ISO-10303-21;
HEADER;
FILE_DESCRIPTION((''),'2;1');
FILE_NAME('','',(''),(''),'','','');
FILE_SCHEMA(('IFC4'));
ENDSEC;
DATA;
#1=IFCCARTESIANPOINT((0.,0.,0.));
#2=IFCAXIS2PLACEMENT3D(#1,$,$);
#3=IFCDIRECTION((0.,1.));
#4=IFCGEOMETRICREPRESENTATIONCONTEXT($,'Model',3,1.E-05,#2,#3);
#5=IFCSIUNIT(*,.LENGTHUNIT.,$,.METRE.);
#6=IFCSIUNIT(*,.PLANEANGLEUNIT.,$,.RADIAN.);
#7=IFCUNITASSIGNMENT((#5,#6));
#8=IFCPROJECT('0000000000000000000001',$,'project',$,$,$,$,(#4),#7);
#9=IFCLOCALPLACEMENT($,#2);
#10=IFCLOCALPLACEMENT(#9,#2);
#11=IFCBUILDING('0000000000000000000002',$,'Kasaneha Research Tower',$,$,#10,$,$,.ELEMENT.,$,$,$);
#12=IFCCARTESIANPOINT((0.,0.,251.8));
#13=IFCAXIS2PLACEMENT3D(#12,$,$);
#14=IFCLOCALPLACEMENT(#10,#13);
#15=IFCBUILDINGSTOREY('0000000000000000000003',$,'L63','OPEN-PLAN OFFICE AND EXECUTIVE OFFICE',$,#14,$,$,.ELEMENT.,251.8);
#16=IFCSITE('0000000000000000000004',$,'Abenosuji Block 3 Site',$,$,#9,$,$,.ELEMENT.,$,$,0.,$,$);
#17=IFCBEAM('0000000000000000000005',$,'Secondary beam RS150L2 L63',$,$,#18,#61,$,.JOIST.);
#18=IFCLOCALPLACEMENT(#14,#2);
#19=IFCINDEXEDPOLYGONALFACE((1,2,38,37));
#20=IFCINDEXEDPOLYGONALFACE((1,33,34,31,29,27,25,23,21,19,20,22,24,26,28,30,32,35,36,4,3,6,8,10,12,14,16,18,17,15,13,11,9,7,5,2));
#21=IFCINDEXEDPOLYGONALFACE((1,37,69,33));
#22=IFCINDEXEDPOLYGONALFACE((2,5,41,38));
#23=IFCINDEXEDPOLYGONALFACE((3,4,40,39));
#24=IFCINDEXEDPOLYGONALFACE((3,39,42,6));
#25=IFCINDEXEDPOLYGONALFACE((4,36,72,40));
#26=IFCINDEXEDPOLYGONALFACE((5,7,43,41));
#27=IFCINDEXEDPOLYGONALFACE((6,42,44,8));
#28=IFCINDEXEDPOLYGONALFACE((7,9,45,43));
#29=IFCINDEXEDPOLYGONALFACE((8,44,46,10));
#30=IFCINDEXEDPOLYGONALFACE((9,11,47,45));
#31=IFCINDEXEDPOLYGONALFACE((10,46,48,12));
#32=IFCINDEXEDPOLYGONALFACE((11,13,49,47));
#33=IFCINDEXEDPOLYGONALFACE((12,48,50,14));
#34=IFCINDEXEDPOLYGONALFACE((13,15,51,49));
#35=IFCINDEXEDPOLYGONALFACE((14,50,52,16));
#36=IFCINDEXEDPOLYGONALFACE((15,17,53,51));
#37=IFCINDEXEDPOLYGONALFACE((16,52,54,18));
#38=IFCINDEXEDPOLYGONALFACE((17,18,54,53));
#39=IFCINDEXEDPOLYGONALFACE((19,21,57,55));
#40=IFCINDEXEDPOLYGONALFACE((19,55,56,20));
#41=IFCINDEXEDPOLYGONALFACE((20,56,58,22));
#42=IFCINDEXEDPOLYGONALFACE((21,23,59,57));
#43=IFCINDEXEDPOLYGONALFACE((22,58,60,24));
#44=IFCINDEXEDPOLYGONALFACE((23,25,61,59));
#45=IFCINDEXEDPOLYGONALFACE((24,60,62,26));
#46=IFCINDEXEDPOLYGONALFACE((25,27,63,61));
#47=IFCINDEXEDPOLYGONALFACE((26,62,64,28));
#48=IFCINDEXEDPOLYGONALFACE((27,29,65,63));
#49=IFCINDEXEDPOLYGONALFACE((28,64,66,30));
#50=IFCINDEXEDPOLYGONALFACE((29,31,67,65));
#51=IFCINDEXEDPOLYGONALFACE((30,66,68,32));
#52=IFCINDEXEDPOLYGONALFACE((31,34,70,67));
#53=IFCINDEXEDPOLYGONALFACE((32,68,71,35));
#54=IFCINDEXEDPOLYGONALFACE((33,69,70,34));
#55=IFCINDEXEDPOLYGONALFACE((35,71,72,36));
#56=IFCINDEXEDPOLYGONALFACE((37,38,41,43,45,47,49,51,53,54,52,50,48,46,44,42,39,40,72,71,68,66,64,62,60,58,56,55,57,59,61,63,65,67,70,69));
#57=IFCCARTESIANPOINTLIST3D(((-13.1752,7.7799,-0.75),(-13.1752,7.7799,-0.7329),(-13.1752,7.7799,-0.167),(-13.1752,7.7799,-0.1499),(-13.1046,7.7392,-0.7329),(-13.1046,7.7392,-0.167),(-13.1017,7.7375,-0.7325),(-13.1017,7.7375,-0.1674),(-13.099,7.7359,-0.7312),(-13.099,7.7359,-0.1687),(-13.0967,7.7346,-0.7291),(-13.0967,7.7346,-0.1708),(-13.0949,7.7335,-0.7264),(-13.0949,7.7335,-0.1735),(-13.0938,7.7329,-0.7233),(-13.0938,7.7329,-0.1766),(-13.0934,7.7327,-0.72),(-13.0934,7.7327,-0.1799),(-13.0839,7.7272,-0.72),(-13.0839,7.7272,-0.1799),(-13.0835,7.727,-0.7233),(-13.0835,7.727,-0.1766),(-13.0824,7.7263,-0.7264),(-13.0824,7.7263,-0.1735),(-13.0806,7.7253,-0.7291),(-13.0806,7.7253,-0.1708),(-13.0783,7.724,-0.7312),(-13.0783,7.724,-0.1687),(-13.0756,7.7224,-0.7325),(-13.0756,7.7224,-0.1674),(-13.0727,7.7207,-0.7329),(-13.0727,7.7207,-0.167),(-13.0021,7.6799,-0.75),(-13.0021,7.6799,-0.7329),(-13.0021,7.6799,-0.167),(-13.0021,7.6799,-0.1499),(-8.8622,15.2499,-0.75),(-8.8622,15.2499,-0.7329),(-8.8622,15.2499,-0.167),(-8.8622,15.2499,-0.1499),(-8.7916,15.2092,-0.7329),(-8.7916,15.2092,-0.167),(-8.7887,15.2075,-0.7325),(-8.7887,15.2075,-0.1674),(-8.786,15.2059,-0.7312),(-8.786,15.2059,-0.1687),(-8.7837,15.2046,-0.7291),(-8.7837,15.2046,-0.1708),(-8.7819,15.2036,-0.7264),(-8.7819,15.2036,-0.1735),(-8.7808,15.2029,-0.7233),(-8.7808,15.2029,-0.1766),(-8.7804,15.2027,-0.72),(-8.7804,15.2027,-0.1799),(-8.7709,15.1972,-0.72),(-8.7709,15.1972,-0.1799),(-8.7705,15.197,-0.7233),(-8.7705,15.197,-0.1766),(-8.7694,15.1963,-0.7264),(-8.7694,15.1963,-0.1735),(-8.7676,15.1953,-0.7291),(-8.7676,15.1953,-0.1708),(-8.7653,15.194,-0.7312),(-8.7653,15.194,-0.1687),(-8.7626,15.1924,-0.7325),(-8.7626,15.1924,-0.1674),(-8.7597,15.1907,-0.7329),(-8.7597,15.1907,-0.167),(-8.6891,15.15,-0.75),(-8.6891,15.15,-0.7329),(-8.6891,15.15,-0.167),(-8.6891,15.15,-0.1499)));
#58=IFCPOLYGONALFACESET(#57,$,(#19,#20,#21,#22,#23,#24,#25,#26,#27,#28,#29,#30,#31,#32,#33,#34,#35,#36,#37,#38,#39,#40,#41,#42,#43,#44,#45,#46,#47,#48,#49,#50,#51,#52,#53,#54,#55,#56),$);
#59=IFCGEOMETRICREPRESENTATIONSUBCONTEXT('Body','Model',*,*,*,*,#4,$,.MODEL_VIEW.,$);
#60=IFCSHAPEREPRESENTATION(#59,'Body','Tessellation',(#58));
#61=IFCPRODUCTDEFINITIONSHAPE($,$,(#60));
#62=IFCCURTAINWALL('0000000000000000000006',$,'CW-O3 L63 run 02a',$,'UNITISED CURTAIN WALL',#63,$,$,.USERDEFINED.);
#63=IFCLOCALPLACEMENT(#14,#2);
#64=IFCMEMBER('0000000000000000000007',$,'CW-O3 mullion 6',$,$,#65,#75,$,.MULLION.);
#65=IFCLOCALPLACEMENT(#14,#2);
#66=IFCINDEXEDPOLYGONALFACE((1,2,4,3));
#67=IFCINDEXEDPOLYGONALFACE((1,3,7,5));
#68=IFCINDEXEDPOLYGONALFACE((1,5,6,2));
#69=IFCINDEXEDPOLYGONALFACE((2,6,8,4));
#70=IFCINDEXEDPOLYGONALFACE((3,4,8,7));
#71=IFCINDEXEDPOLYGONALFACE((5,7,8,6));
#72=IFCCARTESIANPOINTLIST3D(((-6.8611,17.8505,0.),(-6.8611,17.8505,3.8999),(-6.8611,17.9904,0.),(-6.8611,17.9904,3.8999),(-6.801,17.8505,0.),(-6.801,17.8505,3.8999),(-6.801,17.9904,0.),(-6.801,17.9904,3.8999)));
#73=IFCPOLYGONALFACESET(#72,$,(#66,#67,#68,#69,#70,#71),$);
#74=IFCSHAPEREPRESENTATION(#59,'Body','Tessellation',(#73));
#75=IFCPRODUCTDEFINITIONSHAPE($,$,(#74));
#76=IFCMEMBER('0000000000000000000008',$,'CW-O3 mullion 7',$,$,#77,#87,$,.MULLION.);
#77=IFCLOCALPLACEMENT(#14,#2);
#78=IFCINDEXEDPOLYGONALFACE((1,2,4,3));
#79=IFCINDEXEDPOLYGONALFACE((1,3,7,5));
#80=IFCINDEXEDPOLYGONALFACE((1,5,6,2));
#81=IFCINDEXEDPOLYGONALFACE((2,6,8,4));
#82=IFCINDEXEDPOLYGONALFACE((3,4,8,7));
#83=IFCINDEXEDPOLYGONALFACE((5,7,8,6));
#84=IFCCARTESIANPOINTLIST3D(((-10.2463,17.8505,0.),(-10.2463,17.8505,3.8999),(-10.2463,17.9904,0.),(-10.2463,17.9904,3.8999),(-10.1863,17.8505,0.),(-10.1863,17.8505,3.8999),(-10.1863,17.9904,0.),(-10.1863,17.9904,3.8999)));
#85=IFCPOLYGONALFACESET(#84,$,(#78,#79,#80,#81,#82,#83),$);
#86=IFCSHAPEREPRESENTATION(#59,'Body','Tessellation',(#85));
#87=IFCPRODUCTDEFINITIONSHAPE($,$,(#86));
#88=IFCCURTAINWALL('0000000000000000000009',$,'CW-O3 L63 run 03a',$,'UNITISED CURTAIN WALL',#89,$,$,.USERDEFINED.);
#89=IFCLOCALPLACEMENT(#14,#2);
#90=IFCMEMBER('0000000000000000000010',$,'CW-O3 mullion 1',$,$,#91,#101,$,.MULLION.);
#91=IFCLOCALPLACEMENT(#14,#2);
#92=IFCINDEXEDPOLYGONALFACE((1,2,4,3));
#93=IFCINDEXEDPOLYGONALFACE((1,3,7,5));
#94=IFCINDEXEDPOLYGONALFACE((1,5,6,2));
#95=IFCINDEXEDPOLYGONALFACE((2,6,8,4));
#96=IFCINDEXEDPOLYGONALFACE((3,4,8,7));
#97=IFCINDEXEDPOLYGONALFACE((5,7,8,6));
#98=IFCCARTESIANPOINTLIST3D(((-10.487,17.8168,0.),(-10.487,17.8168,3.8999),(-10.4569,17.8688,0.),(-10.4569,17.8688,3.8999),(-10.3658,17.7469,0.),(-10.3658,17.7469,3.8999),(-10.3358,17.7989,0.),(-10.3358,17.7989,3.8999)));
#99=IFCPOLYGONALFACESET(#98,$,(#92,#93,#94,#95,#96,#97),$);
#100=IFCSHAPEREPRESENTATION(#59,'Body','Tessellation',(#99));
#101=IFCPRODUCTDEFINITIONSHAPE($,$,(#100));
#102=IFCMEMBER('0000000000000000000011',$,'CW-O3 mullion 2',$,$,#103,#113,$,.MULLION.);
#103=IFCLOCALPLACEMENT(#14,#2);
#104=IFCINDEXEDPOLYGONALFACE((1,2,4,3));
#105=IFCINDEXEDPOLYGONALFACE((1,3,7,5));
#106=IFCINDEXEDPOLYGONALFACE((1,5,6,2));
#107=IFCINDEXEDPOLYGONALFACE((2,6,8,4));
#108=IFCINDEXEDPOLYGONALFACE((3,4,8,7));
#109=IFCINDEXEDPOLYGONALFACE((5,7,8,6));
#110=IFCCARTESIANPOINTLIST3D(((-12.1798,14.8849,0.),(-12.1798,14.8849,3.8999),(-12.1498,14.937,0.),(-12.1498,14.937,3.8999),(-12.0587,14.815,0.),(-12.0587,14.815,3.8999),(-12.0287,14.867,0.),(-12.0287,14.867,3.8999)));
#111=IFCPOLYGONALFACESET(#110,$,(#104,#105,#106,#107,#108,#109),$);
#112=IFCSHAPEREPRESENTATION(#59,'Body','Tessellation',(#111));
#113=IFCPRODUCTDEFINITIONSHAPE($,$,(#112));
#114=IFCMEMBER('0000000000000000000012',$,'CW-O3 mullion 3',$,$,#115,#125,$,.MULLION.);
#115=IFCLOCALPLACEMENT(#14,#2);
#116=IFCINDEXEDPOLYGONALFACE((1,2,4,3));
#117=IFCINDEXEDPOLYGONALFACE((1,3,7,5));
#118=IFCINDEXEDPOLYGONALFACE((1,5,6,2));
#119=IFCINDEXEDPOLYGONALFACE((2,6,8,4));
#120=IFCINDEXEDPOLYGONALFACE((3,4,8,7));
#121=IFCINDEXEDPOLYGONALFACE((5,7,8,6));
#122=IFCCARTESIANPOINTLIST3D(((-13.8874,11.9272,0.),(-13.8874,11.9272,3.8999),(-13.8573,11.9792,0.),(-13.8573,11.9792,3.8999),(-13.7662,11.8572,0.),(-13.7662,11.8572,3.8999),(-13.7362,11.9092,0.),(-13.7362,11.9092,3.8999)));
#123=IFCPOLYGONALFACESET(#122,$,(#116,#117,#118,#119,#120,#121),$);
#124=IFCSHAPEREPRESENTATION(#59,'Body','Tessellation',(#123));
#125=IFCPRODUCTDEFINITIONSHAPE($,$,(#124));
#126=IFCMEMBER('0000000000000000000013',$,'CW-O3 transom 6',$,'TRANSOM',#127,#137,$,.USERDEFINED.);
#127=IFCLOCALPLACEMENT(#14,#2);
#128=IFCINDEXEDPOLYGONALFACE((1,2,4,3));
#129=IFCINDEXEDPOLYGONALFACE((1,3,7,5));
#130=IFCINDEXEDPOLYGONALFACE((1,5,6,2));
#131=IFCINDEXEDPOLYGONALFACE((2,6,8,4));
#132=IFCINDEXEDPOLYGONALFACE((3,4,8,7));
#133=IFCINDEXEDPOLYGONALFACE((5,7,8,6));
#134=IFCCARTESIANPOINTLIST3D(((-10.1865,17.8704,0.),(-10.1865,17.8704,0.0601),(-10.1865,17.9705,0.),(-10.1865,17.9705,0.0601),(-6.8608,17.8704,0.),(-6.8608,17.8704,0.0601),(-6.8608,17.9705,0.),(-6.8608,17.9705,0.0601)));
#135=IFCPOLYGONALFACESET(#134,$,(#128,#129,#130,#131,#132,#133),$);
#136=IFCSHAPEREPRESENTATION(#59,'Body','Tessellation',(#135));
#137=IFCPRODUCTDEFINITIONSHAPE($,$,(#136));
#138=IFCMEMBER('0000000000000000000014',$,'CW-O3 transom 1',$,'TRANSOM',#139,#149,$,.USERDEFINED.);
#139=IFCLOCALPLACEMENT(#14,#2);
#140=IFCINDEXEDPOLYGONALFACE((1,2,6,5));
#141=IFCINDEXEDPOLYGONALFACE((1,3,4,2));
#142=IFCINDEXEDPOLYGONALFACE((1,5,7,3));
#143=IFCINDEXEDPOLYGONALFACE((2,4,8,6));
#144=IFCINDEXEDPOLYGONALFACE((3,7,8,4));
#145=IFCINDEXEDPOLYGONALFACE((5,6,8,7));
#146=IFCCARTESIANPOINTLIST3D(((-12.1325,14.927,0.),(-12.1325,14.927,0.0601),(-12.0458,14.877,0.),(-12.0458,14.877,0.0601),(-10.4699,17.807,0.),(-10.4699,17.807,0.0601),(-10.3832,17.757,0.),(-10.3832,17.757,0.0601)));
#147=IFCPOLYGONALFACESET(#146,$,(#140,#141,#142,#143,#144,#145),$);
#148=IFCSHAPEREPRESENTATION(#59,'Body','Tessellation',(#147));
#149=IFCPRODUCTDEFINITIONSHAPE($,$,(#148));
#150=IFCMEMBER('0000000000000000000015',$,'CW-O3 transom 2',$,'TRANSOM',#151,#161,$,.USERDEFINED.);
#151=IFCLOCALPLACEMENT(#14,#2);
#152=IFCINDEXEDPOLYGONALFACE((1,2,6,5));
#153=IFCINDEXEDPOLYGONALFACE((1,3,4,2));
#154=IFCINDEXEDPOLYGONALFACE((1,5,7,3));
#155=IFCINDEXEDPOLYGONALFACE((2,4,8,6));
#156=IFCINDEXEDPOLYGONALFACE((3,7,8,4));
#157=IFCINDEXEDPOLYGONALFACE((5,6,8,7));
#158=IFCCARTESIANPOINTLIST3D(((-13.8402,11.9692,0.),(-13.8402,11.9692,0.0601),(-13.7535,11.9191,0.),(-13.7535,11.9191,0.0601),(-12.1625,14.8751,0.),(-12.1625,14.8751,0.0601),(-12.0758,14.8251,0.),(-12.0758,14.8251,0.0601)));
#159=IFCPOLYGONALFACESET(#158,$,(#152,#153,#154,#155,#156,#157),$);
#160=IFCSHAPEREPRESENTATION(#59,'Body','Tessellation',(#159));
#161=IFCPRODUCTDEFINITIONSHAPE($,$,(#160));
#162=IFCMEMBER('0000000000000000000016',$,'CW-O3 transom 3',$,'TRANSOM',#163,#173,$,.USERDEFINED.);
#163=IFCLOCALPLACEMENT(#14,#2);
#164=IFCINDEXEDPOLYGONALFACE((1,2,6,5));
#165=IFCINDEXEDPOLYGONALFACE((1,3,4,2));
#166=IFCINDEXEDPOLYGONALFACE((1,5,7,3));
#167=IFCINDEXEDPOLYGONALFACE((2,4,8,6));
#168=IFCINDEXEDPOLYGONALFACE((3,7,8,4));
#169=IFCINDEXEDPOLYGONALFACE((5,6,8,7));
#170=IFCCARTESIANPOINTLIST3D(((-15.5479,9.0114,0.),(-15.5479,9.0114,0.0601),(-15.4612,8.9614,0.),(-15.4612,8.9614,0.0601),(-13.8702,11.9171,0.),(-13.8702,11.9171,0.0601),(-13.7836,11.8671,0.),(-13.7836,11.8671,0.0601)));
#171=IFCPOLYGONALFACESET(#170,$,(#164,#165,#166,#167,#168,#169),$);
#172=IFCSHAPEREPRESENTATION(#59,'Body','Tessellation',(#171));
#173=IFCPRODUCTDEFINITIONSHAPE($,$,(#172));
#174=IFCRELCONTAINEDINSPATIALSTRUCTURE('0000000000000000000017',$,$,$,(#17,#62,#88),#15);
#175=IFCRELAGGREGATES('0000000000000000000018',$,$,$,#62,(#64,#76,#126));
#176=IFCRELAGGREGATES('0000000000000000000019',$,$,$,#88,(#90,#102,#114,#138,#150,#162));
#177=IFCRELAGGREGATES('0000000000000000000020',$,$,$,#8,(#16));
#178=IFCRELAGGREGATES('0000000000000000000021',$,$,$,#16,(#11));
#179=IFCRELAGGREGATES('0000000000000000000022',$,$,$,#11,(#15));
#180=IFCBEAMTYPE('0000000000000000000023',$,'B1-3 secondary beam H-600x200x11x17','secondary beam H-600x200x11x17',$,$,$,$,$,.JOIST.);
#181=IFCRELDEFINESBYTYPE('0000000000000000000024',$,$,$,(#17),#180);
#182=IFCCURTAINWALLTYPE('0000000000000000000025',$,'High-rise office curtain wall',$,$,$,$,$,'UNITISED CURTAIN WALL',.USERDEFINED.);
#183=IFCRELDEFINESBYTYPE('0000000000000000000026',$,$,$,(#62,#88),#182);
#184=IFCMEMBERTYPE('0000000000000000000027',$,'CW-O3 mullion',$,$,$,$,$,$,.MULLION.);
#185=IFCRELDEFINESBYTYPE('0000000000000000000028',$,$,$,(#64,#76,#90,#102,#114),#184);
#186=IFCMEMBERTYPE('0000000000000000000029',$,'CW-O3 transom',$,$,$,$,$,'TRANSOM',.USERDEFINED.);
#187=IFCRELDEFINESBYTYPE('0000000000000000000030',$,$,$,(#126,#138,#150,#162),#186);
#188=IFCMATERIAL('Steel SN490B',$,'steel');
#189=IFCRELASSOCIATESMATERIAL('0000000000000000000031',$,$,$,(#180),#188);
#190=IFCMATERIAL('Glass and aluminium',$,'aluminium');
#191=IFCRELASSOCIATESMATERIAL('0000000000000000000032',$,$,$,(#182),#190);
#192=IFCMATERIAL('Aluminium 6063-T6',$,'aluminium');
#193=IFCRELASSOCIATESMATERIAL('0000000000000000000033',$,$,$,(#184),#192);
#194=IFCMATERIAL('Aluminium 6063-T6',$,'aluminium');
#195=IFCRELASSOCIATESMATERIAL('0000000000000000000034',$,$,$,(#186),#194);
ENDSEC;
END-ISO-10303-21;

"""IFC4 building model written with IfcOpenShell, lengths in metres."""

from ifc_helpers import new_model, si_unit, direction, frame, origin, origin_2d, place, context, subcontext, project, spatial, rectangle, i_section, extrude, material, material_profile, profile_set, type_object, element, aggregate, save


model = new_model("IFC4")

# Units and contexts
model_context = context("Model", 3, precision=1e-05, world=origin(), true_north=direction((0.0, 1.0)))
body_context = subcontext(model_context, "Body", "Model", "MODEL_VIEW")
ifc_project = project(units=[si_unit("LENGTHUNIT", "METRE"), si_unit("PLANEANGLEUNIT", "RADIAN")], contexts=[model_context])

# Site, building, storey
site_placement = place(None, origin())
site = spatial("IfcSite", under=ifc_project, at=site_placement, Name="Abenosuji Block 3 Site", CompositionType="ELEMENT", RefElevation=0.0)
building_placement = place(site_placement, origin())
building = spatial("IfcBuilding", under=site, at=building_placement, Name="Kasaneha Research Tower", CompositionType="ELEMENT")
storey_placement = place(building_placement, frame((0.0, 0.0, 251.8)))
storey = spatial("IfcBuildingStorey", under=building, at=storey_placement, Name="L63", Description="OPEN-PLAN OFFICE AND EXECUTIVE OFFICE", CompositionType="ELEMENT", Elevation=251.8)

# Beam
ifc_material_1 = material(Name="Steel SN490B", Category="steel")
ifc_material_profile_1 = material_profile(ifc_material_1, i_section(OverallWidth=0.2, OverallDepth=0.6001, WebThickness=0.011, FlangeThickness=0.0171, FilletRadius=0.0129, at=origin_2d()), Name="H-600x200x11x17")
ifc_profile_set_1 = profile_set([ifc_material_profile_1], Name="Steel SN490B")
beam_type_1 = type_object("IfcBeamType", Name="B1-3 secondary beam H-600x200x11x17", Description="secondary beam H-600x200x11x17", PredefinedType="JOIST", material=ifc_profile_set_1)
beam_1_placement = place(storey_placement, frame((-8.7756, 15.2, -0.45), z_axis=(-0.500017, -0.866015, 0.0), x_axis=(0.866015, -0.500017, 0.0)))
element("IfcBeam", 1, at=beam_1_placement, inside=storey, type_object=beam_type_1, Name="Secondary beam RS150L2 L63", PredefinedType="JOIST", context=body_context, shape_type="SweptSolid", body=[
    extrude(i_section(OverallWidth=0.2, OverallDepth=0.6001, WebThickness=0.011, FlangeThickness=0.0171, FilletRadius=0.0129, at=origin_2d()), origin(), (0.0, 0.0, 1.0), 8.6257),
])

# Curtain walls, members
ifc_material_2 = material(Name="Glass and aluminium", Category="aluminium")
curtain_wall_type = type_object("IfcCurtainWallType", Name="High-rise office curtain wall", ElementType="UNITISED CURTAIN WALL", PredefinedType="USERDEFINED", material=ifc_material_2)
curtain_wall_1_placement = place(storey_placement, origin())
curtain_wall_1 = element("IfcCurtainWall", 2, at=curtain_wall_1_placement, inside=storey, type_object=curtain_wall_type, Name="CW-O3 L63 run 02a", ObjectType="UNITISED CURTAIN WALL", PredefinedType="USERDEFINED")
ifc_material_3 = material(Name="Aluminium 6063-T6", Category="aluminium")
ifc_material_profile_2 = material_profile(ifc_material_3, rectangle(XDim=0.0601, YDim=0.1399, at=origin_2d()), Name="CW-O3 mullion 60x140")
ifc_profile_set_2 = profile_set([ifc_material_profile_2], Name="Aluminium 6063-T6")
member_type_1 = type_object("IfcMemberType", Name="CW-O3 mullion", PredefinedType="MULLION", material=ifc_profile_set_2)
member_1_placement = place(storey_placement, frame((-6.8311, 17.9204, 0.0), z_axis=(0.0, 0.0, 1.0), x_axis=(-1.0, 0.0, 0.0)))
member_1 = element("IfcMember", 3, at=member_1_placement, type_object=member_type_1, Name="CW-O3 mullion 6", PredefinedType="MULLION", context=body_context, shape_type="SweptSolid", body=[
    extrude(rectangle(XDim=0.0601, YDim=0.1399, at=origin_2d()), origin(), (0.0, 0.0, 1.0), 3.8999),
])
member_2_placement = place(storey_placement, frame((-10.2163, 17.9204, 0.0), z_axis=(0.0, 0.0, 1.0), x_axis=(-1.0, 0.0, 0.0)))
member_2 = element("IfcMember", 4, at=member_2_placement, type_object=member_type_1, Name="CW-O3 mullion 7", PredefinedType="MULLION", context=body_context, shape_type="SweptSolid", body=[
    extrude(rectangle(XDim=0.0601, YDim=0.1399, at=origin_2d()), origin(), (0.0, 0.0, 1.0), 3.8999),
])
curtain_wall_2_placement = place(storey_placement, origin())
curtain_wall_2 = element("IfcCurtainWall", 5, at=curtain_wall_2_placement, inside=storey, type_object=curtain_wall_type, Name="CW-O3 L63 run 03a", ObjectType="UNITISED CURTAIN WALL", PredefinedType="USERDEFINED")
member_3_placement = place(storey_placement, frame((-10.4114, 17.8079, 0.0), z_axis=(0.0, 0.0, 1.0), x_axis=(-0.5, -0.866025, 0.0)))
member_3 = element("IfcMember", 6, at=member_3_placement, type_object=member_type_1, Name="CW-O3 mullion 1", PredefinedType="MULLION", context=body_context, shape_type="SweptSolid", body=[
    extrude(rectangle(XDim=0.0601, YDim=0.1399, at=origin_2d()), origin(), (0.0, 0.0, 1.0), 3.8999),
])
member_4_placement = place(storey_placement, frame((-12.1042, 14.876, 0.0), z_axis=(0.0, 0.0, 1.0), x_axis=(-0.5, -0.866025, 0.0)))
member_4 = element("IfcMember", 7, at=member_4_placement, type_object=member_type_1, Name="CW-O3 mullion 2", PredefinedType="MULLION", context=body_context, shape_type="SweptSolid", body=[
    extrude(rectangle(XDim=0.0601, YDim=0.1399, at=origin_2d()), origin(), (0.0, 0.0, 1.0), 3.8999),
])
member_5_placement = place(storey_placement, frame((-13.8118, 11.9182, 0.0), z_axis=(0.0, 0.0, 1.0), x_axis=(-0.5, -0.866025, 0.0)))
member_5 = element("IfcMember", 8, at=member_5_placement, type_object=member_type_1, Name="CW-O3 mullion 3", PredefinedType="MULLION", context=body_context, shape_type="SweptSolid", body=[
    extrude(rectangle(XDim=0.0601, YDim=0.1399, at=origin_2d()), origin(), (0.0, 0.0, 1.0), 3.8999),
])

# Members
ifc_material_4 = material(Name="Aluminium 6063-T6", Category="aluminium")
ifc_material_profile_3 = material_profile(ifc_material_4, rectangle(XDim=0.1001, YDim=0.0601, at=origin_2d()), Name="CW-O3 transom 100x60")
ifc_profile_set_3 = profile_set([ifc_material_profile_3], Name="Aluminium 6063-T6")
member_type_2 = type_object("IfcMemberType", Name="CW-O3 transom", ElementType="TRANSOM", PredefinedType="USERDEFINED", material=ifc_profile_set_3)
member_6_placement = place(storey_placement, frame((-6.8608, 17.9204, 0.03), z_axis=(-1.0, 0.0, 0.0), x_axis=(0.0, -1.0, 0.0)))
member_6 = element("IfcMember", 9, at=member_6_placement, type_object=member_type_2, Name="CW-O3 transom 6", ObjectType="TRANSOM", PredefinedType="USERDEFINED", context=body_context, shape_type="SweptSolid", body=[
    extrude(rectangle(XDim=0.1001, YDim=0.0601, at=origin_2d()), origin(), (0.0, 0.0, 1.0), 3.3257),
])
member_7_placement = place(storey_placement, frame((-10.4265, 17.782, 0.03), z_axis=(-0.499977, -0.866039, 0.0), x_axis=(0.866039, -0.499977, 0.0)))
member_7 = element("IfcMember", 10, at=member_7_placement, type_object=member_type_2, Name="CW-O3 transom 1", ObjectType="TRANSOM", PredefinedType="USERDEFINED", context=body_context, shape_type="SweptSolid", body=[
    extrude(rectangle(XDim=0.1001, YDim=0.0601, at=origin_2d()), origin(), (0.0, 0.0, 1.0), 3.3254),
])
member_8_placement = place(storey_placement, frame((-12.1191, 14.8501, 0.03), z_axis=(-0.499989, -0.866032, 0.0), x_axis=(0.866032, -0.499989, 0.0)))
member_8 = element("IfcMember", 11, at=member_8_placement, type_object=member_type_2, Name="CW-O3 transom 2", ObjectType="TRANSOM", PredefinedType="USERDEFINED", context=body_context, shape_type="SweptSolid", body=[
    extrude(rectangle(XDim=0.1001, YDim=0.0601, at=origin_2d()), origin(), (0.0, 0.0, 1.0), 3.3555),
])
member_9_placement = place(storey_placement, frame((-13.8269, 11.8921, 0.03), z_axis=(-0.500021, -0.866014, 0.0), x_axis=(0.866014, -0.500021, 0.0)))
member_9 = element("IfcMember", 12, at=member_9_placement, type_object=member_type_2, Name="CW-O3 transom 3", ObjectType="TRANSOM", PredefinedType="USERDEFINED", context=body_context, shape_type="SweptSolid", body=[
    extrude(rectangle(XDim=0.1001, YDim=0.0601, at=origin_2d()), origin(), (0.0, 0.0, 1.0), 3.3552),
])

aggregate(curtain_wall_1, [member_1, member_2, member_6])
aggregate(curtain_wall_2, [member_3, member_4, member_5, member_7, member_8, member_9])

save(model, "model.ifc")
